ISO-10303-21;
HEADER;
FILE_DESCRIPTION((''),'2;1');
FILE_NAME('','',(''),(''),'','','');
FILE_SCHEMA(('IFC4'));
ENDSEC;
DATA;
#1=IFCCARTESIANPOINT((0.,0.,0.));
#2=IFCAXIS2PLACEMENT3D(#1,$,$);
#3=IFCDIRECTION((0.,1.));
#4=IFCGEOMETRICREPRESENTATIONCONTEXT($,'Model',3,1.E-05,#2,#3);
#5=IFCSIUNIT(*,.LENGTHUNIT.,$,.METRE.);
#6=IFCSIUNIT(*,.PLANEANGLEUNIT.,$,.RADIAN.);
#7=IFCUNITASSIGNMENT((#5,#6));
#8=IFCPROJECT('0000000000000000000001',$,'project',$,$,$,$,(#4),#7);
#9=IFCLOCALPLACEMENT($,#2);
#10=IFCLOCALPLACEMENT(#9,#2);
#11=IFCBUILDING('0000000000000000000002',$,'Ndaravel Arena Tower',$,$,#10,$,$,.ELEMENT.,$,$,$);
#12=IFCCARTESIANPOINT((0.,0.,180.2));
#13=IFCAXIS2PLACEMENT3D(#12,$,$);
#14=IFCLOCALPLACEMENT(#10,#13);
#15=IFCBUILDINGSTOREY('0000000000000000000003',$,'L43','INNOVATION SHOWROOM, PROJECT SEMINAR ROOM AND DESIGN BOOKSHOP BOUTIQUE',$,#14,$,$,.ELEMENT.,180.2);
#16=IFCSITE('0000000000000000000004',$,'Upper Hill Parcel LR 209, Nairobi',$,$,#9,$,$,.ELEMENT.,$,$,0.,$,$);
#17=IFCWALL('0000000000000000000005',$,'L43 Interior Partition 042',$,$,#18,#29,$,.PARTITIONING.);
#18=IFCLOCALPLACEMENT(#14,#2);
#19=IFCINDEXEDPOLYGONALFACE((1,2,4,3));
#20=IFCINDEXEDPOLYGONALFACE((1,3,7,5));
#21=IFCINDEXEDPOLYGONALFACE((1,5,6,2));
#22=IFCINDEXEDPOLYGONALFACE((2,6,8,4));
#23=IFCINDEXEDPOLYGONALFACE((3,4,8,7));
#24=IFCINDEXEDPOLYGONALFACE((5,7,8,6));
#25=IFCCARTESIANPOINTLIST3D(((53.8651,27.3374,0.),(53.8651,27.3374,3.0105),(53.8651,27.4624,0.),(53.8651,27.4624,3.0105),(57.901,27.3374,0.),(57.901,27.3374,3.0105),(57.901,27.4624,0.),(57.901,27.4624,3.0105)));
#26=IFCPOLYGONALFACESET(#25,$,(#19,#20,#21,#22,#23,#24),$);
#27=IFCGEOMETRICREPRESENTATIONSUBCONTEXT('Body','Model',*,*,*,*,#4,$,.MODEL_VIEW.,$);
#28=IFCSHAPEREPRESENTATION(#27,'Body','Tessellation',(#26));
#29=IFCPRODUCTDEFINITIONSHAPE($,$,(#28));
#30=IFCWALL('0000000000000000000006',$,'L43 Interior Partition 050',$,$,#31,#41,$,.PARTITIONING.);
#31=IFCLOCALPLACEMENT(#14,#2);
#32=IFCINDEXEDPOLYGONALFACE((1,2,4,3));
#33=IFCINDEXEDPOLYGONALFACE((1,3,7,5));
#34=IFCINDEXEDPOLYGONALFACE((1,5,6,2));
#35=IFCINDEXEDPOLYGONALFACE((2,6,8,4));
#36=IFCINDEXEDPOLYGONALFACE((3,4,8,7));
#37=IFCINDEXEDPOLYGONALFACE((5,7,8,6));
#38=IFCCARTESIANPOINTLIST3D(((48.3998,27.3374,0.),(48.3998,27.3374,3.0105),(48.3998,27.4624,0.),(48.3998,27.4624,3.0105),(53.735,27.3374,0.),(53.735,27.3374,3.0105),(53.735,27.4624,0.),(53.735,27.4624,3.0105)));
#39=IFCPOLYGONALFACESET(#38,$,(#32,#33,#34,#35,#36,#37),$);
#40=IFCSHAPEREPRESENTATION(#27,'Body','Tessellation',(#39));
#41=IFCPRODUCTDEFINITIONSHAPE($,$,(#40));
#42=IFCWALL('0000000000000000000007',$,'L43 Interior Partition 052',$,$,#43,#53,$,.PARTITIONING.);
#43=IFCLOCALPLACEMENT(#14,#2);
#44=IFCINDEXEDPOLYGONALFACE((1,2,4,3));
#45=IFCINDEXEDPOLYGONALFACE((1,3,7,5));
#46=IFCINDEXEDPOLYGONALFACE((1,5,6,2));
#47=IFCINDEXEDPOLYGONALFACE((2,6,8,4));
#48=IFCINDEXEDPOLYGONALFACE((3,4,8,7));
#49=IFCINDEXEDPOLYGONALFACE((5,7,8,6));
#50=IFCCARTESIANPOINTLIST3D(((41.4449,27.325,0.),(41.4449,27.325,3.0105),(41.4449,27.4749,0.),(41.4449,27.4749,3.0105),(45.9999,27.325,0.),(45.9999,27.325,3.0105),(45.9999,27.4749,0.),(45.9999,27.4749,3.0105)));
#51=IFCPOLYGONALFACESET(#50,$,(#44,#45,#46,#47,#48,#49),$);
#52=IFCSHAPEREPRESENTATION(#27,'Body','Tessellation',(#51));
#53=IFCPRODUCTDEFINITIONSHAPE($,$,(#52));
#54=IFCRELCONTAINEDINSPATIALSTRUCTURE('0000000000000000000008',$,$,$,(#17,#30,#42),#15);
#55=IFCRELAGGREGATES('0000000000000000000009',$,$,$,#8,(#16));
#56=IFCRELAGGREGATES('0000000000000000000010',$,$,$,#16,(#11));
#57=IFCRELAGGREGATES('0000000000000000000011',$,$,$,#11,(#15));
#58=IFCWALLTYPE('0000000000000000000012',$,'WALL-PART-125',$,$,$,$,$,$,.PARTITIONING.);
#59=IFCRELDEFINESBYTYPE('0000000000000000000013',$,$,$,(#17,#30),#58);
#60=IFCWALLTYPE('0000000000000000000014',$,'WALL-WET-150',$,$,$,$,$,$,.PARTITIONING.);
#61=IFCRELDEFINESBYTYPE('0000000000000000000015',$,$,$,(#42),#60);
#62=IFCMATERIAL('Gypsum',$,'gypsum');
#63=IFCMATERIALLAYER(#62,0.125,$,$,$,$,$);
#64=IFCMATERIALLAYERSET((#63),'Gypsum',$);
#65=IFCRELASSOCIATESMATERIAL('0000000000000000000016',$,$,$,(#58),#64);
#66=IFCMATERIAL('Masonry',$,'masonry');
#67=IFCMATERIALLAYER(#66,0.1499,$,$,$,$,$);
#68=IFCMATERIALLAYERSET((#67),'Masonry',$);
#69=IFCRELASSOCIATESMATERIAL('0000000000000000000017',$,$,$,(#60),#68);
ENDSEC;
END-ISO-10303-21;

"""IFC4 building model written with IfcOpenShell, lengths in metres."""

from ifc_helpers import new_model, si_unit, direction, frame, frame_2d, origin, place, context, subcontext, project, spatial, rectangle, extrude, material, layer, layer_set, type_object, element, save


model = new_model("IFC4")

# Units and contexts
model_context = context("Model", 3, precision=1e-05, world=origin(), true_north=direction((0.0, 1.0)))
body_context = subcontext(model_context, "Body", "Model", "MODEL_VIEW")
ifc_project = project(units=[si_unit("LENGTHUNIT", "METRE"), si_unit("PLANEANGLEUNIT", "RADIAN")], contexts=[model_context])

# Site, building, storey
site_placement = place(None, origin())
site = spatial("IfcSite", under=ifc_project, at=site_placement, Name="Upper Hill Parcel LR 209, Nairobi", CompositionType="ELEMENT", RefElevation=0.0)
building_placement = place(site_placement, origin())
building = spatial("IfcBuilding", under=site, at=building_placement, Name="Ndaravel Arena Tower", CompositionType="ELEMENT")
storey_placement = place(building_placement, frame((0.0, 0.0, 180.2)))
storey = spatial("IfcBuildingStorey", under=building, at=storey_placement, Name="L43", Description="INNOVATION SHOWROOM, PROJECT SEMINAR ROOM AND DESIGN BOOKSHOP BOUTIQUE", CompositionType="ELEMENT", Elevation=180.2)

# Shared definitions
ifc_material_1 = material(Name="Gypsum", Category="gypsum")
ifc_layer_1 = layer(ifc_material_1, 0.125)
ifc_layer_set_1 = layer_set([ifc_layer_1], Name="Gypsum")
wall_type_1 = type_object("IfcWallType", Name="WALL-PART-125", PredefinedType="PARTITIONING", material=ifc_layer_set_1)

# Walls
wall_1_placement = place(storey_placement, frame((53.865, 27.3999, 0.0), z_axis=(0.0, 0.0, 1.0), x_axis=(1.0, 0.0, 0.0)))
element("IfcWall", 1, at=wall_1_placement, inside=storey, type_object=wall_type_1, Name="L43 Interior Partition 042", PredefinedType="PARTITIONING", context=body_context, shape_type="SweptSolid", body=[
    extrude(rectangle(XDim=4.0359, YDim=0.125, at=frame_2d((2.0181, 0.0))), origin(), (0.0, 0.0, 1.0), 3.0105),
])
wall_2_placement = place(storey_placement, frame((48.3999, 27.3999, 0.0), z_axis=(0.0, 0.0, 1.0), x_axis=(1.0, 0.0, 0.0)))
element("IfcWall", 2, at=wall_2_placement, inside=storey, type_object=wall_type_1, Name="L43 Interior Partition 050", PredefinedType="PARTITIONING", context=body_context, shape_type="SweptSolid", body=[
    extrude(rectangle(XDim=5.3352, YDim=0.125, at=frame_2d((2.6675, 0.0))), origin(), (0.0, 0.0, 1.0), 3.0105),
])

# Shared definitions
ifc_material_2 = material(Name="Masonry", Category="masonry")
ifc_layer_2 = layer(ifc_material_2, 0.1499)
ifc_layer_set_2 = layer_set([ifc_layer_2], Name="Masonry")
wall_type_2 = type_object("IfcWallType", Name="WALL-WET-150", PredefinedType="PARTITIONING", material=ifc_layer_set_2)

# Wall
wall_3_placement = place(storey_placement, frame((41.4451, 27.3999, 0.0), z_axis=(0.0, 0.0, 1.0), x_axis=(1.0, 0.0, 0.0)))
element("IfcWall", 3, at=wall_3_placement, inside=storey, type_object=wall_type_2, Name="L43 Interior Partition 052", PredefinedType="PARTITIONING", context=body_context, shape_type="SweptSolid", body=[
    extrude(rectangle(XDim=4.5549, YDim=0.1499, at=frame_2d((2.2773, 0.0))), origin(), (0.0, 0.0, 1.0), 3.0105),
])

save(model, "model.ifc")
